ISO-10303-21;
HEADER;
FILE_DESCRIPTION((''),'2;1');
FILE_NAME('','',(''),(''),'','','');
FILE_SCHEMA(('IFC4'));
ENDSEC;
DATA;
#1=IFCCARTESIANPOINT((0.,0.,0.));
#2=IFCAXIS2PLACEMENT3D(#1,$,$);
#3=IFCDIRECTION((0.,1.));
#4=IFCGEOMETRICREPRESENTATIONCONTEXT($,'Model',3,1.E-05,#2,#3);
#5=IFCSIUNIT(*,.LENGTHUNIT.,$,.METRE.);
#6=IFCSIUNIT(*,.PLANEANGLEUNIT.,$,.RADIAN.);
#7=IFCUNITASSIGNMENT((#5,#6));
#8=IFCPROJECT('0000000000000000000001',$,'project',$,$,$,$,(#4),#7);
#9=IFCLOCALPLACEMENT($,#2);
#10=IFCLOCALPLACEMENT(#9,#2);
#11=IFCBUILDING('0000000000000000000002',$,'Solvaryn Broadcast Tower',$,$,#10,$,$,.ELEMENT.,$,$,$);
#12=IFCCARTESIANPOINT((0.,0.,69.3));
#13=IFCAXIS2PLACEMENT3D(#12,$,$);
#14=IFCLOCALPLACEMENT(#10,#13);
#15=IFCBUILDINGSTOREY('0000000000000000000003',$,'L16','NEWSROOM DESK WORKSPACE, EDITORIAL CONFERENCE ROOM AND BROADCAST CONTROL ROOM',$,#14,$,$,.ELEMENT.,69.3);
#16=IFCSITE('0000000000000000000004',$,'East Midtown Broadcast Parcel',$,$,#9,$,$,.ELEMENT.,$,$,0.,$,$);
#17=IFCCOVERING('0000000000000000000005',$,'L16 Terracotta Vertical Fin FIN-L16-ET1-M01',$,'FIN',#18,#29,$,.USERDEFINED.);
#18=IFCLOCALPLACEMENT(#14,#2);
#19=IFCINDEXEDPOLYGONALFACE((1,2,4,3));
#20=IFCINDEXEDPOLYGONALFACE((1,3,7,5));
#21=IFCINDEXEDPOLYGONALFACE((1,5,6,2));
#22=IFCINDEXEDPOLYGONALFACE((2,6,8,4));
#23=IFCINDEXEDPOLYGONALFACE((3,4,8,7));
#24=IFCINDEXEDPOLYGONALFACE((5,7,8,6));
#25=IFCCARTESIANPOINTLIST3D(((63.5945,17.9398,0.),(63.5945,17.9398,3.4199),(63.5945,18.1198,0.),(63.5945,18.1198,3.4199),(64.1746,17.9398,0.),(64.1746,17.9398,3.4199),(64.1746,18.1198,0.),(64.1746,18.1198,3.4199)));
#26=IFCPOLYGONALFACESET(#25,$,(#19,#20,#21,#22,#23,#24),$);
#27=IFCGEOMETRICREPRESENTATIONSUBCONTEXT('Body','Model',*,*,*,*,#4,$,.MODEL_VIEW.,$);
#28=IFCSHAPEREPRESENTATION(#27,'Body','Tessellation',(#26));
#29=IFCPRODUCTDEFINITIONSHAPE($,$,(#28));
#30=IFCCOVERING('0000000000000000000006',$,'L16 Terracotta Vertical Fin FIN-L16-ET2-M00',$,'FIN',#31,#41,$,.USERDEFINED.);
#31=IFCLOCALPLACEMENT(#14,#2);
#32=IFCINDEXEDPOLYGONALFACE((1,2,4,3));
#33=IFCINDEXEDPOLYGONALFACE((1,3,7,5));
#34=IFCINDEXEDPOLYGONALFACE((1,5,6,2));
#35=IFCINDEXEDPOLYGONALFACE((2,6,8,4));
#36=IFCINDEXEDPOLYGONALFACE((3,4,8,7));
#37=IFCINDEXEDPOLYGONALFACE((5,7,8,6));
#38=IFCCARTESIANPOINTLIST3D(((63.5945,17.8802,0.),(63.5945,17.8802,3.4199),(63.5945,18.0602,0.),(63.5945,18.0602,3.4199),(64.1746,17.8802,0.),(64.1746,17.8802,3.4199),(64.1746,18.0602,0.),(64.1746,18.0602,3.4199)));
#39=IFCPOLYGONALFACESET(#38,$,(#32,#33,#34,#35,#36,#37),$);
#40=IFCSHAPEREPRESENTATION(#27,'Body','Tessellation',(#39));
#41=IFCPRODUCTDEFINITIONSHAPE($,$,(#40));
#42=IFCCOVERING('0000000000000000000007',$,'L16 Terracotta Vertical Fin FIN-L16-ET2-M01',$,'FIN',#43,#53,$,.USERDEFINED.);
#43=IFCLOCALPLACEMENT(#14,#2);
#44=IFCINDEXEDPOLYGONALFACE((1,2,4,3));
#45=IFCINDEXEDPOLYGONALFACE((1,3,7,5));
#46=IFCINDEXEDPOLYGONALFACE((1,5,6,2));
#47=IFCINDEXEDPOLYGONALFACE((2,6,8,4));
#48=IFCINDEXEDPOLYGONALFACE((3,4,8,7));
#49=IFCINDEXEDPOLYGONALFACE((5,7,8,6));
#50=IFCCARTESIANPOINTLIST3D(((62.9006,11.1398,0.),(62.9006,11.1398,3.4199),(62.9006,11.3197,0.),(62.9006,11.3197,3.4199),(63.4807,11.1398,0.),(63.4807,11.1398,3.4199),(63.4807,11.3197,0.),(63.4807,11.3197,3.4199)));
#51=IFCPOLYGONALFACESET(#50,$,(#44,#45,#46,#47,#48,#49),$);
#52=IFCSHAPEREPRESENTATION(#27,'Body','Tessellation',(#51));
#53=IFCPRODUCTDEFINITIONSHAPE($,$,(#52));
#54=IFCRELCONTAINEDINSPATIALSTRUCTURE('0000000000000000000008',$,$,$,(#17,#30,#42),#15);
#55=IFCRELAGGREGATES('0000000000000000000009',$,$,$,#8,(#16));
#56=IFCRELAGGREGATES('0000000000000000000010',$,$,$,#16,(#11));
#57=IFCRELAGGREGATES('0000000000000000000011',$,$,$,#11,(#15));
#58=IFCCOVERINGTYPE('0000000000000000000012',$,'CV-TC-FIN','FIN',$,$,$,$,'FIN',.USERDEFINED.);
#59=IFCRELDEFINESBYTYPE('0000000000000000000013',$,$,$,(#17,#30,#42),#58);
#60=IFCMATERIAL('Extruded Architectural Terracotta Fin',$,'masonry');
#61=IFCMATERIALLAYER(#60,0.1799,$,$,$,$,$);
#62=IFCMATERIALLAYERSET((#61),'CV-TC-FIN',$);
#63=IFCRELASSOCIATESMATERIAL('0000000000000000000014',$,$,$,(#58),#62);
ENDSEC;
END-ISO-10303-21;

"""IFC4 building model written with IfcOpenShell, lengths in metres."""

from ifc_helpers import new_model, si_unit, direction, frame, origin, origin_2d, place, context, subcontext, project, spatial, rectangle, extrude, material, layer, layer_set, type_object, element, save


model = new_model("IFC4")

# Units and contexts
model_context = context("Model", 3, precision=1e-05, world=origin(), true_north=direction((0.0, 1.0)))
body_context = subcontext(model_context, "Body", "Model", "MODEL_VIEW")
ifc_project = project(units=[si_unit("LENGTHUNIT", "METRE"), si_unit("PLANEANGLEUNIT", "RADIAN")], contexts=[model_context])

# Site, building, storey
site_placement = place(None, origin())
site = spatial("IfcSite", under=ifc_project, at=site_placement, Name="East Midtown Broadcast Parcel", CompositionType="ELEMENT", RefElevation=0.0)
building_placement = place(site_placement, origin())
building = spatial("IfcBuilding", under=site, at=building_placement, Name="Solvaryn Broadcast Tower", CompositionType="ELEMENT")
storey_placement = place(building_placement, frame((0.0, 0.0, 69.3)))
storey = spatial("IfcBuildingStorey", under=building, at=storey_placement, Name="L16", Description="NEWSROOM DESK WORKSPACE, EDITORIAL CONFERENCE ROOM AND BROADCAST CONTROL ROOM", CompositionType="ELEMENT", Elevation=69.3)

# Coverings
ifc_material_1 = material(Name="Extruded Architectural Terracotta Fin", Category="masonry")
ifc_layer_1 = layer(ifc_material_1, 0.1799)
ifc_layer_set_1 = layer_set([ifc_layer_1], Name="CV-TC-FIN")
covering_type_1 = type_object("IfcCoveringType", Name="CV-TC-FIN", Description="FIN", ElementType="FIN", PredefinedType="USERDEFINED", material=ifc_layer_set_1)
for number, where, z_axis, x_axis, name in (
    (1, (63.8845, 18.0298, 0.0), (0.0, 0.0, 1.0), (1.0, 0.0, 0.0), "L16 Terracotta Vertical Fin FIN-L16-ET1-M01"),
    (2, (63.8845, 17.9702, 0.0), (0.0, 0.0, 1.0), (1.0, 0.0, 0.0), "L16 Terracotta Vertical Fin FIN-L16-ET2-M00"),
    (3, (63.1907, 11.2297, 0.0), (0.0, 0.0, 1.0), (1.0, 0.0, 0.0), "L16 Terracotta Vertical Fin FIN-L16-ET2-M01"),
):
    element("IfcCovering", number, at=place(storey_placement, frame(where, z_axis=z_axis, x_axis=x_axis)), inside=storey, type_object=covering_type_1, Name=name, ObjectType="FIN", PredefinedType="USERDEFINED", context=body_context, shape_type="SweptSolid", body=[
        extrude(rectangle(XDim=0.5801, YDim=0.1799, at=origin_2d()), origin(), (0.0, 0.0, 1.0), 3.4199),
    ])

save(model, "model.ifc")
